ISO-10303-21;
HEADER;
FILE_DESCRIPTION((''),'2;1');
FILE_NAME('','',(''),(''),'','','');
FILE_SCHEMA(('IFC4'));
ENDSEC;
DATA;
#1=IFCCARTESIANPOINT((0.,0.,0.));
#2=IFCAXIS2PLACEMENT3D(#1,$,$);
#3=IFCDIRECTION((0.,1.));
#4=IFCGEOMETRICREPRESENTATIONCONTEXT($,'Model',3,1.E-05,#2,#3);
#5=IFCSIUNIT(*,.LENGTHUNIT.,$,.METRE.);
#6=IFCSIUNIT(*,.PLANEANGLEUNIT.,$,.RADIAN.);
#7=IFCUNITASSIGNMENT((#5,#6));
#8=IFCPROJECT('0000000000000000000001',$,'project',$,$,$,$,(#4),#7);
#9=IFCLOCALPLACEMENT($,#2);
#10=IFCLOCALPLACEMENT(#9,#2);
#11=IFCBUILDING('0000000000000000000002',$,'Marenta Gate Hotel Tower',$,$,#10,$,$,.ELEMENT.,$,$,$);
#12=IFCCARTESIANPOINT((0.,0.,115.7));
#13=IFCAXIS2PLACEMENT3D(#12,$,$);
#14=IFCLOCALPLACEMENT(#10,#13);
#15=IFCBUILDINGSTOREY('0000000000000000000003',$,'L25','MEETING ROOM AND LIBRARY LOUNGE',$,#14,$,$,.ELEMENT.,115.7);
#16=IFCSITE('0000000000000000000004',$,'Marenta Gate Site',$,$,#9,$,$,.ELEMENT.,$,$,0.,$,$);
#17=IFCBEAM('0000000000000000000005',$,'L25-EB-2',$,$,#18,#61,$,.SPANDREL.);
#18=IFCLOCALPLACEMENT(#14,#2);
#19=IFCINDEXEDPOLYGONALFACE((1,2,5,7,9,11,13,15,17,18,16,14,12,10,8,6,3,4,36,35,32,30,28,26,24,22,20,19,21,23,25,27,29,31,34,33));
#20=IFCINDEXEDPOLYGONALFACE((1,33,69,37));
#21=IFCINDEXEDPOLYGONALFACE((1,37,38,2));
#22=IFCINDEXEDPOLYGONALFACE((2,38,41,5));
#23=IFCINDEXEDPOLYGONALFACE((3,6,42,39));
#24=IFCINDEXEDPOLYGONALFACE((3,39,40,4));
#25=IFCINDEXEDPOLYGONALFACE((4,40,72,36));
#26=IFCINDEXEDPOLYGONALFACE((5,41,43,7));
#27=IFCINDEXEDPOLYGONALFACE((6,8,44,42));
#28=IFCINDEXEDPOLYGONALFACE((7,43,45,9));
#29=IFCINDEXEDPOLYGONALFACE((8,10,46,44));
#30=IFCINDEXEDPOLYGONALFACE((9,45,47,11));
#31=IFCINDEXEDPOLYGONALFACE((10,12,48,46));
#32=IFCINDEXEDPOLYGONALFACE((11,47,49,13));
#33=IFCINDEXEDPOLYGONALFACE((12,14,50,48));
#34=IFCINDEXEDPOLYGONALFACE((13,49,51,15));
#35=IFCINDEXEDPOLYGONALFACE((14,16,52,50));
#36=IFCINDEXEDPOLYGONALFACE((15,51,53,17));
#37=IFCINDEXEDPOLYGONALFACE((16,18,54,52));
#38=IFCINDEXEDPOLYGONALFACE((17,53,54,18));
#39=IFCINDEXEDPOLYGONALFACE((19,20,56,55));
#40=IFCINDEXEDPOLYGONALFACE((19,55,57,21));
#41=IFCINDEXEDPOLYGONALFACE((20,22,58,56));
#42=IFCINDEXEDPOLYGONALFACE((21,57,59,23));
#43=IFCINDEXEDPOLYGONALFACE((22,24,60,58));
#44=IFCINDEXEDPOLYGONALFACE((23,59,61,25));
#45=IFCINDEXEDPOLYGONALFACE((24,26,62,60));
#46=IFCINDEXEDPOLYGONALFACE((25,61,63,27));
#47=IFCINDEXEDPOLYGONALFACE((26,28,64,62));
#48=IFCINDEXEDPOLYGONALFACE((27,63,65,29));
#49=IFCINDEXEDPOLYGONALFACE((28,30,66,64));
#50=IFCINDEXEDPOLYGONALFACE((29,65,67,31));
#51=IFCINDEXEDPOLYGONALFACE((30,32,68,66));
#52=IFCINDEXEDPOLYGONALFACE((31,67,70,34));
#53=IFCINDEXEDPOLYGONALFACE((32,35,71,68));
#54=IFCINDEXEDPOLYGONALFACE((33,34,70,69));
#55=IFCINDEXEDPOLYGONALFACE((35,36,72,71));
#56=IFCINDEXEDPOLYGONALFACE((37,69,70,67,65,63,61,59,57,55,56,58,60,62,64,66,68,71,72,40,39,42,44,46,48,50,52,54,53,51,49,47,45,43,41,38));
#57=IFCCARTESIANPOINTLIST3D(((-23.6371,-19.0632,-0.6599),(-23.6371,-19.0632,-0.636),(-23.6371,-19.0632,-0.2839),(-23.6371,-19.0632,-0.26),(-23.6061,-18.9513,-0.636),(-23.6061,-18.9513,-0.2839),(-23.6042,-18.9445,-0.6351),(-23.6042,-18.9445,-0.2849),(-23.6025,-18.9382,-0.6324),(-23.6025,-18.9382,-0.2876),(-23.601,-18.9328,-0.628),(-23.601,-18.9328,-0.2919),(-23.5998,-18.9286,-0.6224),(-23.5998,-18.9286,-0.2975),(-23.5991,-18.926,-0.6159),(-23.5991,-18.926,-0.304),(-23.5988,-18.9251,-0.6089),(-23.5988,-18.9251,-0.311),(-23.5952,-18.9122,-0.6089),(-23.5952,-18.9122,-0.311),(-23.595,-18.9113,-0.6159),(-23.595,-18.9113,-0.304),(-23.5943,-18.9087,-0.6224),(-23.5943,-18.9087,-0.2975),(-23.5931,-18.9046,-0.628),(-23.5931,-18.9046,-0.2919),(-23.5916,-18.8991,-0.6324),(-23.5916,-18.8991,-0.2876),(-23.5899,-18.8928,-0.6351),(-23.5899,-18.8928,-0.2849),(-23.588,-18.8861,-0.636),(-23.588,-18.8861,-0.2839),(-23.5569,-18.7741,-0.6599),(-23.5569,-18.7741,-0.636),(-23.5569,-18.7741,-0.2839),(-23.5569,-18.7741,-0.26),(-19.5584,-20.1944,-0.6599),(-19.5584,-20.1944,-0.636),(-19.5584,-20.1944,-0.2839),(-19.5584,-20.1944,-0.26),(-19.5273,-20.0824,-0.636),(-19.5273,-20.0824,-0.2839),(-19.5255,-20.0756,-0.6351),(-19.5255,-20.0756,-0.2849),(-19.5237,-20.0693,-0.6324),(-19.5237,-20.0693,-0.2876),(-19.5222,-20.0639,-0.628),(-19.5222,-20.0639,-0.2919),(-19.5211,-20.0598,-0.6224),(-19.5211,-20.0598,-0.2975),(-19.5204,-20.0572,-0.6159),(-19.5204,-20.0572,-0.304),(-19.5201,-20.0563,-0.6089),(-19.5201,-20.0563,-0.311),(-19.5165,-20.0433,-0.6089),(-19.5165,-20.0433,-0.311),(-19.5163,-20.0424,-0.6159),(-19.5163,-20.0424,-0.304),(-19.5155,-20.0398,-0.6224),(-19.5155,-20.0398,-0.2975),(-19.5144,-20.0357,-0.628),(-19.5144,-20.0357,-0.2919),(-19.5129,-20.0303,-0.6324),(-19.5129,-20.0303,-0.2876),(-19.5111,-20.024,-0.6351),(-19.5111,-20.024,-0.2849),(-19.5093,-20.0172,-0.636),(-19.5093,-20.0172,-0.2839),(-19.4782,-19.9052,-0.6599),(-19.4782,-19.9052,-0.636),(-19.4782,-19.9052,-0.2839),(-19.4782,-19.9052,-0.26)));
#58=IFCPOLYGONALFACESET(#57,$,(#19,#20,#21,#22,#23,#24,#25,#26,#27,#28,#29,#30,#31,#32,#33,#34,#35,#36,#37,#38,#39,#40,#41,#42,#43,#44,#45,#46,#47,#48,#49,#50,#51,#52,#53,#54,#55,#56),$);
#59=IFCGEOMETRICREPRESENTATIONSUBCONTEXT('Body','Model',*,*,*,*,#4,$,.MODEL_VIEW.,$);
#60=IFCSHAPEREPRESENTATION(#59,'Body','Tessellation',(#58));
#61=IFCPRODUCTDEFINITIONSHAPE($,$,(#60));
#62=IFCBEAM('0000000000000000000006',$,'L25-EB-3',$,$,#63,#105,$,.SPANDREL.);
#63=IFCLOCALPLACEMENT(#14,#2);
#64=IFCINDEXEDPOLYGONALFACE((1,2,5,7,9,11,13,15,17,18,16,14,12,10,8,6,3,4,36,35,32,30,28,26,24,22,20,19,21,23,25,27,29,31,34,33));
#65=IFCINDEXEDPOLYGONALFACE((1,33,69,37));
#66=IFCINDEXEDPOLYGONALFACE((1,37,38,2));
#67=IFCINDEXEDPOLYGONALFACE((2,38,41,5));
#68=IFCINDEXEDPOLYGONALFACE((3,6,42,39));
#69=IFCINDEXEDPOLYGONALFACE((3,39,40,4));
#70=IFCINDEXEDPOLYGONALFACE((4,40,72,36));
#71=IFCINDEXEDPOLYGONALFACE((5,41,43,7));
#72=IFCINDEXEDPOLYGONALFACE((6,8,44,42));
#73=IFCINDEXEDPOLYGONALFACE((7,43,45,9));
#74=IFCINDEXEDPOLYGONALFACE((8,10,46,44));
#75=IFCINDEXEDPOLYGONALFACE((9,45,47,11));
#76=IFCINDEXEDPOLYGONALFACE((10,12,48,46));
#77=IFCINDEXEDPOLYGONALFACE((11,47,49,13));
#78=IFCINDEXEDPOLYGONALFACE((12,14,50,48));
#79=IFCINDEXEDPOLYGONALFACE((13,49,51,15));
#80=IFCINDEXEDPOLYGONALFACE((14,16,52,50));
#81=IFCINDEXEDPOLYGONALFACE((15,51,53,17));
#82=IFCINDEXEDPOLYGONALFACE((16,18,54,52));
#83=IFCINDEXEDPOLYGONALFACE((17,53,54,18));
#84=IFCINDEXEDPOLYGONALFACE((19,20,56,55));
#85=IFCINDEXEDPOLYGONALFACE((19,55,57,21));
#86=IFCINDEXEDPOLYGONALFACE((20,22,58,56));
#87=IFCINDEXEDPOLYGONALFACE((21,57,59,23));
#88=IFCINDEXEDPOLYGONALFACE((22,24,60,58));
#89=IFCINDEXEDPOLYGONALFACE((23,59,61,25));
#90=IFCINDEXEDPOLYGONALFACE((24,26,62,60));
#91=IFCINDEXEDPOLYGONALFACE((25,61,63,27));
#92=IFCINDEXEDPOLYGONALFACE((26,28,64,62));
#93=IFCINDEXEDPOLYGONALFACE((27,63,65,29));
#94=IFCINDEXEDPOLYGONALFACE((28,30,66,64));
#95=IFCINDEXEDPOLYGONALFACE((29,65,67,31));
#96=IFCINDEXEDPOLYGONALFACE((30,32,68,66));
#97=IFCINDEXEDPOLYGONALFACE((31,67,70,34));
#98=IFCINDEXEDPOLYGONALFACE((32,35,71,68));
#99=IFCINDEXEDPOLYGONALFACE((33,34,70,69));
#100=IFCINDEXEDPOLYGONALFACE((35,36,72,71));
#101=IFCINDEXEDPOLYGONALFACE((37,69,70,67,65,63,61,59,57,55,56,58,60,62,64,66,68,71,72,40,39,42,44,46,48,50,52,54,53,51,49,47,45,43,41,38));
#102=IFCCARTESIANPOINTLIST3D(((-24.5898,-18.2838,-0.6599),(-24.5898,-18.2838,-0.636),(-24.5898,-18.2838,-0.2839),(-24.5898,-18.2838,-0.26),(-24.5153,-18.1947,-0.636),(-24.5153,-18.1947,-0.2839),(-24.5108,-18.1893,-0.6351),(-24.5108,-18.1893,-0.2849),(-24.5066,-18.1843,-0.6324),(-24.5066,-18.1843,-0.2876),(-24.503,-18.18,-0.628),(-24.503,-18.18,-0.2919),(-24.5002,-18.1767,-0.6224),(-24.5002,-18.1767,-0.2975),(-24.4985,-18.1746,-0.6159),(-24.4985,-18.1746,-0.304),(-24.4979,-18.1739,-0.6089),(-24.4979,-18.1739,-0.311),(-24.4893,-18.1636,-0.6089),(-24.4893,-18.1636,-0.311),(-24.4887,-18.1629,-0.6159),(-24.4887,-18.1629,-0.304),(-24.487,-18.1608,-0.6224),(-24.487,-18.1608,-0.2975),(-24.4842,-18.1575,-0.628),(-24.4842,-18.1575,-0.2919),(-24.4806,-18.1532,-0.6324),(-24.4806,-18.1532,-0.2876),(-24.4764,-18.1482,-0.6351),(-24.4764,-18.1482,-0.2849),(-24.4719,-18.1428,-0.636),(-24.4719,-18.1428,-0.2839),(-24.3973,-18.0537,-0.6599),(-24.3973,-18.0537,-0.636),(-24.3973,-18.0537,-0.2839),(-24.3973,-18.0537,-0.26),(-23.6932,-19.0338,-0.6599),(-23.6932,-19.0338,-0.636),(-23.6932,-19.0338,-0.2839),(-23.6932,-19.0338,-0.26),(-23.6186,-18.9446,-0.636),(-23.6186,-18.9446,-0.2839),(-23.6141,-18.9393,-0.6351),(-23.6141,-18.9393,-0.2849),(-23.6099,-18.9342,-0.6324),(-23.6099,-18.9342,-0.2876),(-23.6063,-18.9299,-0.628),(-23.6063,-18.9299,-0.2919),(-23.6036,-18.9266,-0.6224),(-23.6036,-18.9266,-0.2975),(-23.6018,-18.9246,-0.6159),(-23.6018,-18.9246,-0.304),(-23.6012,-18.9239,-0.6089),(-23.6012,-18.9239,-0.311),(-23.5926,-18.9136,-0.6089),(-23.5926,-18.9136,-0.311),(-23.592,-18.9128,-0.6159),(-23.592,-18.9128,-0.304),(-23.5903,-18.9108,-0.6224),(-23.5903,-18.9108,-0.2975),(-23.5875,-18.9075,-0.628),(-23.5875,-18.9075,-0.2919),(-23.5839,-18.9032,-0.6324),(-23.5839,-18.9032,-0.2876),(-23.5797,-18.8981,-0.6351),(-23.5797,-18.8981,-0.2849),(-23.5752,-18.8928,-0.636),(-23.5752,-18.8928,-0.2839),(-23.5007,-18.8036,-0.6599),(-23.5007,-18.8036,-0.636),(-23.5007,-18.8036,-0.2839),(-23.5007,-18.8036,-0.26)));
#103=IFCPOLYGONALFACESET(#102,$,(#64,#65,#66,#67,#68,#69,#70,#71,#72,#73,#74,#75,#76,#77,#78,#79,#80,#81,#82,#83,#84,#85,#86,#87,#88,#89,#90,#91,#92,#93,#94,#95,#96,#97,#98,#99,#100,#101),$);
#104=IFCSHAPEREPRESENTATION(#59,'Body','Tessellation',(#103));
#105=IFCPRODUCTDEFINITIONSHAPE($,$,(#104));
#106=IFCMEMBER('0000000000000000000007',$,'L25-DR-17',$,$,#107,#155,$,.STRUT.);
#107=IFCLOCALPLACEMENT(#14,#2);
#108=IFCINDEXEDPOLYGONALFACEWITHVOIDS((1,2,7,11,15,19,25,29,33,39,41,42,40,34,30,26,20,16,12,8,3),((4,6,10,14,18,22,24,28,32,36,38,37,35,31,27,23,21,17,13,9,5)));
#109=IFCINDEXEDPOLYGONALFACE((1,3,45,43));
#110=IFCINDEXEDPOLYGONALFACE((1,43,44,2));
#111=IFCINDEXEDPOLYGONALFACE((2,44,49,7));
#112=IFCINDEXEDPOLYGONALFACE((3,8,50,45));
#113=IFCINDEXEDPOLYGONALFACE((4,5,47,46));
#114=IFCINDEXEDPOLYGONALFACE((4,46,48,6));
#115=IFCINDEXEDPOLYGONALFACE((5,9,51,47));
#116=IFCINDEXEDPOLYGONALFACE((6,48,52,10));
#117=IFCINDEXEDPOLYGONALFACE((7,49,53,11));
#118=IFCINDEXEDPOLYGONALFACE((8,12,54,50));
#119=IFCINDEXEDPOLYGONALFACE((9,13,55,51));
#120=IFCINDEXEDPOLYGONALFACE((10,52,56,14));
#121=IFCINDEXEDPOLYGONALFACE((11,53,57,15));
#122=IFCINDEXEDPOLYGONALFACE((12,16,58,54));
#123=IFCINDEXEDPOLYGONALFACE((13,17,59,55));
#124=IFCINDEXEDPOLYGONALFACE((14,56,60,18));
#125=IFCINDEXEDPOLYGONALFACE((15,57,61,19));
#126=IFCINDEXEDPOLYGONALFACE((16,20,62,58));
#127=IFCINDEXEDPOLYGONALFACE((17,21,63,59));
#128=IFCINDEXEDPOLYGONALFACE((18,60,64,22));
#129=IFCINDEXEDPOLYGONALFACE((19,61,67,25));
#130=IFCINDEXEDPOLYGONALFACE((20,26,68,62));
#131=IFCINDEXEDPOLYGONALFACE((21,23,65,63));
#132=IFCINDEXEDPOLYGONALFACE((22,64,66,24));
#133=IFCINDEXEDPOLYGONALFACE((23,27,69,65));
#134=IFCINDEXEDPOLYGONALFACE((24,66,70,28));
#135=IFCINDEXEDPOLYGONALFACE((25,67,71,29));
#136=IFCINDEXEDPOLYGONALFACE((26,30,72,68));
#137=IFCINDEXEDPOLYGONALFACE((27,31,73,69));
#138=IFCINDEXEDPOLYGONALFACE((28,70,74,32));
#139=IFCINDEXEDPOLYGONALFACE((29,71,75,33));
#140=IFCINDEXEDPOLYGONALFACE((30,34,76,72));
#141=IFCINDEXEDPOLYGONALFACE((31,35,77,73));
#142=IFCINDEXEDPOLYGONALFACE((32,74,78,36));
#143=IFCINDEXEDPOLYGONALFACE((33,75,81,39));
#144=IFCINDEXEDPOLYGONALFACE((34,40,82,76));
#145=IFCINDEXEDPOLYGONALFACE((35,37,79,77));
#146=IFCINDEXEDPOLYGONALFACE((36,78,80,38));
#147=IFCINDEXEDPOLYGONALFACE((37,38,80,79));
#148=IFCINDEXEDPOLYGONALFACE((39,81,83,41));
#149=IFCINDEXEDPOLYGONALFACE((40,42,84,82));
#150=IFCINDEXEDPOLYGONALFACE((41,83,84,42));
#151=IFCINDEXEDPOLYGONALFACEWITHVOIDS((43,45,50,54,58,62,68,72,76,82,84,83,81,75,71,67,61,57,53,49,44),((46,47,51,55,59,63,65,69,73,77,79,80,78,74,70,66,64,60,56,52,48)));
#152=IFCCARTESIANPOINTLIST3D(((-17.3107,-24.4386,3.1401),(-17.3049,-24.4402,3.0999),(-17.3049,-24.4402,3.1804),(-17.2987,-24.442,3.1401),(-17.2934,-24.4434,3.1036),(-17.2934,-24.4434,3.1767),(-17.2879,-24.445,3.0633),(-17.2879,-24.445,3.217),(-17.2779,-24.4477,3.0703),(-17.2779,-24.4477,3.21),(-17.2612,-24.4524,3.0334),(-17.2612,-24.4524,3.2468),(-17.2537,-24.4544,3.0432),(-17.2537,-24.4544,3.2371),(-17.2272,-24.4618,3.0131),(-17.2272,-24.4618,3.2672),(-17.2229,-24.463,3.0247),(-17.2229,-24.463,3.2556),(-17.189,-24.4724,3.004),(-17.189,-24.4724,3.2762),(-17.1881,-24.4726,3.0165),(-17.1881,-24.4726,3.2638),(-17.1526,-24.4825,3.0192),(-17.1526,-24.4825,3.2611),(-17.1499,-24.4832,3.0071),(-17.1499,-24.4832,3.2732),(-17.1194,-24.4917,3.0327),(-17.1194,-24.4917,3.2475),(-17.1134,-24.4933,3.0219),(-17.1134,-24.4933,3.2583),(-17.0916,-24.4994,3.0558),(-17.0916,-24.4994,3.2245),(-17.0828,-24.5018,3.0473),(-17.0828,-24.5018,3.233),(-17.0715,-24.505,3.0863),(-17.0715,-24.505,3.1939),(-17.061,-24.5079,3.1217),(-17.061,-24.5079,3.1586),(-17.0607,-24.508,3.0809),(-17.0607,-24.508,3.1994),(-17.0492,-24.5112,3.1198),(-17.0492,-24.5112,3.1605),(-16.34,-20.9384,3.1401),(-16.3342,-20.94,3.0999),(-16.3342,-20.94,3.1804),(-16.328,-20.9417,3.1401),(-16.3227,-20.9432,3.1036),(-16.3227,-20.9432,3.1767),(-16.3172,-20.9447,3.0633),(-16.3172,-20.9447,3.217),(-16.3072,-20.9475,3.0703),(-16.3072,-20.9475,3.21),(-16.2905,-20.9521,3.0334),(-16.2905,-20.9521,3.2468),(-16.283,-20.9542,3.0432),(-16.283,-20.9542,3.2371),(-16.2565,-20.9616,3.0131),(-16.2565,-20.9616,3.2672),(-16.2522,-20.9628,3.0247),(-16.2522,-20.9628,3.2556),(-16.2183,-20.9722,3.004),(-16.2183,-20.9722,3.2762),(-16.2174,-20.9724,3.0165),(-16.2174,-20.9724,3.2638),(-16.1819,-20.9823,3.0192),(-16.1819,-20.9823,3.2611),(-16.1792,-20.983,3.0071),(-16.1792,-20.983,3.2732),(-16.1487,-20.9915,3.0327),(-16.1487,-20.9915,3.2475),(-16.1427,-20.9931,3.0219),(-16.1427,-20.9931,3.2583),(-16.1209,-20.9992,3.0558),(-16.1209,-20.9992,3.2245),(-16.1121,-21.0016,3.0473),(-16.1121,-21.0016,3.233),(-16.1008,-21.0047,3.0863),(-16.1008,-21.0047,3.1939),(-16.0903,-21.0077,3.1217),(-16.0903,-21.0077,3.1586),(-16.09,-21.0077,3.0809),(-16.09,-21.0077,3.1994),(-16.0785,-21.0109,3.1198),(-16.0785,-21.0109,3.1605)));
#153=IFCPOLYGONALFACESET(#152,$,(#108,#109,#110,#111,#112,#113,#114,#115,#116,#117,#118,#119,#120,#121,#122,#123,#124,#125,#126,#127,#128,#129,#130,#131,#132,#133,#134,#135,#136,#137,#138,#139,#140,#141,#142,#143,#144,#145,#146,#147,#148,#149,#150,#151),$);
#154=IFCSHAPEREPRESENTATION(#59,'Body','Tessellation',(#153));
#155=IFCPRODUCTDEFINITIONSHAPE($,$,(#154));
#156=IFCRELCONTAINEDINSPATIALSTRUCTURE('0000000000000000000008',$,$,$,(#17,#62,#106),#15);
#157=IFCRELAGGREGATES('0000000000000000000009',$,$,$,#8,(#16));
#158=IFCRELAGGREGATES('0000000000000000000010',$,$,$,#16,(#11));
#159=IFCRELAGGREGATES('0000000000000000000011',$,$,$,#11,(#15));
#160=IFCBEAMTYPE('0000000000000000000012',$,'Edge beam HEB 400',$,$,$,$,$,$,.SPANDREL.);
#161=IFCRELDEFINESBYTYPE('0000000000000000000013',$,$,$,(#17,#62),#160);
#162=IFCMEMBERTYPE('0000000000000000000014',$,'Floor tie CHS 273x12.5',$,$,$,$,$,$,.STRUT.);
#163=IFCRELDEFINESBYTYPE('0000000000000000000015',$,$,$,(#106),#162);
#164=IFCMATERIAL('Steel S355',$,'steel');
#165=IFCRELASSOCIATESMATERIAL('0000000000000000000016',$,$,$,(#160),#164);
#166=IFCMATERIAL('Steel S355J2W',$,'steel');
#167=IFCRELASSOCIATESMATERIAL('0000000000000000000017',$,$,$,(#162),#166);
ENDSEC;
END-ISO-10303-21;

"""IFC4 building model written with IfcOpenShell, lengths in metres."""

from ifc_helpers import new_model, si_unit, direction, frame, origin, origin_2d, place, context, subcontext, project, spatial, hollow_circle, i_section, extrude, material, material_profile, profile_set, type_object, element, save


model = new_model("IFC4")

# Units and contexts
model_context = context("Model", 3, precision=1e-05, world=origin(), true_north=direction((0.0, 1.0)))
body_context = subcontext(model_context, "Body", "Model", "MODEL_VIEW")
ifc_project = project(units=[si_unit("LENGTHUNIT", "METRE"), si_unit("PLANEANGLEUNIT", "RADIAN")], contexts=[model_context])

# Site, building, storey
site_placement = place(None, origin())
site = spatial("IfcSite", under=ifc_project, at=site_placement, Name="Marenta Gate Site", CompositionType="ELEMENT", RefElevation=0.0)
building_placement = place(site_placement, origin())
building = spatial("IfcBuilding", under=site, at=building_placement, Name="Marenta Gate Hotel Tower", CompositionType="ELEMENT")
storey_placement = place(building_placement, frame((0.0, 0.0, 115.7)))
storey = spatial("IfcBuildingStorey", under=building, at=storey_placement, Name="L25", Description="MEETING ROOM AND LIBRARY LOUNGE", CompositionType="ELEMENT", Elevation=115.7)

# Beams
ifc_material_1 = material(Name="Steel S355", Category="steel")
ifc_material_profile_1 = material_profile(ifc_material_1, i_section(OverallWidth=0.3, OverallDepth=0.3999, WebThickness=0.0134, FlangeThickness=0.0239, FilletRadius=0.0271, at=origin_2d()), Name="HEB 400")
ifc_profile_set_1 = profile_set([ifc_material_profile_1], Name="Steel S355")
beam_type_1 = type_object("IfcBeamType", Name="Edge beam HEB 400", PredefinedType="SPANDREL", material=ifc_profile_set_1)
beam_1_placement = place(storey_placement, frame((-19.5183, -20.0498, -0.46), z_axis=(-0.96363, 0.267239, 0.0), x_axis=(-0.267239, -0.96363, 0.0)))
element("IfcBeam", 1, at=beam_1_placement, inside=storey, type_object=beam_type_1, Name="L25-EB-2", PredefinedType="SPANDREL", context=body_context, shape_type="SweptSolid", body=[
    extrude(i_section(OverallWidth=0.3, OverallDepth=0.3999, WebThickness=0.0134, FlangeThickness=0.0239, FilletRadius=0.0271, at=origin_2d()), origin(), (0.0, 0.0, 1.0), 4.2327),
])
beam_2_placement = place(storey_placement, frame((-23.5969, -18.9187, -0.46), z_axis=(-0.767073, 0.64156, 0.0), x_axis=(-0.64156, -0.767073, 0.0)))
element("IfcBeam", 2, at=beam_2_placement, inside=storey, type_object=beam_type_1, Name="L25-EB-3", PredefinedType="SPANDREL", context=body_context, shape_type="SweptSolid", body=[
    extrude(i_section(OverallWidth=0.3, OverallDepth=0.3999, WebThickness=0.0134, FlangeThickness=0.0239, FilletRadius=0.0271, at=origin_2d()), origin(), (0.0, 0.0, 1.0), 1.1689),
])

# Member
ifc_material_2 = material(Name="Steel S355J2W", Category="steel")
ifc_material_profile_2 = material_profile(ifc_material_2, hollow_circle(Radius=0.1365, WallThickness=0.0125, at=origin_2d()), Name="CHS 273x12.5")
ifc_profile_set_2 = profile_set([ifc_material_profile_2], Name="Steel S355J2W")
member_type_1 = type_object("IfcMemberType", Name="Floor tie CHS 273x12.5", PredefinedType="STRUT", material=ifc_profile_set_2)
member_1_placement = place(storey_placement, frame((-17.1792, -24.4751, 3.1401), z_axis=(0.267238, 0.96363, 0.0), x_axis=(-0.96363, 0.267238, 0.0)))
element("IfcMember", 3, at=member_1_placement, inside=storey, type_object=member_type_1, Name="L25-DR-17", PredefinedType="STRUT", context=body_context, shape_type="SweptSolid", body=[
    extrude(hollow_circle(Radius=0.1365, WallThickness=0.0125, at=origin_2d()), origin(), (0.0, 0.0, 1.0), 3.6323),
])

save(model, "model.ifc")
